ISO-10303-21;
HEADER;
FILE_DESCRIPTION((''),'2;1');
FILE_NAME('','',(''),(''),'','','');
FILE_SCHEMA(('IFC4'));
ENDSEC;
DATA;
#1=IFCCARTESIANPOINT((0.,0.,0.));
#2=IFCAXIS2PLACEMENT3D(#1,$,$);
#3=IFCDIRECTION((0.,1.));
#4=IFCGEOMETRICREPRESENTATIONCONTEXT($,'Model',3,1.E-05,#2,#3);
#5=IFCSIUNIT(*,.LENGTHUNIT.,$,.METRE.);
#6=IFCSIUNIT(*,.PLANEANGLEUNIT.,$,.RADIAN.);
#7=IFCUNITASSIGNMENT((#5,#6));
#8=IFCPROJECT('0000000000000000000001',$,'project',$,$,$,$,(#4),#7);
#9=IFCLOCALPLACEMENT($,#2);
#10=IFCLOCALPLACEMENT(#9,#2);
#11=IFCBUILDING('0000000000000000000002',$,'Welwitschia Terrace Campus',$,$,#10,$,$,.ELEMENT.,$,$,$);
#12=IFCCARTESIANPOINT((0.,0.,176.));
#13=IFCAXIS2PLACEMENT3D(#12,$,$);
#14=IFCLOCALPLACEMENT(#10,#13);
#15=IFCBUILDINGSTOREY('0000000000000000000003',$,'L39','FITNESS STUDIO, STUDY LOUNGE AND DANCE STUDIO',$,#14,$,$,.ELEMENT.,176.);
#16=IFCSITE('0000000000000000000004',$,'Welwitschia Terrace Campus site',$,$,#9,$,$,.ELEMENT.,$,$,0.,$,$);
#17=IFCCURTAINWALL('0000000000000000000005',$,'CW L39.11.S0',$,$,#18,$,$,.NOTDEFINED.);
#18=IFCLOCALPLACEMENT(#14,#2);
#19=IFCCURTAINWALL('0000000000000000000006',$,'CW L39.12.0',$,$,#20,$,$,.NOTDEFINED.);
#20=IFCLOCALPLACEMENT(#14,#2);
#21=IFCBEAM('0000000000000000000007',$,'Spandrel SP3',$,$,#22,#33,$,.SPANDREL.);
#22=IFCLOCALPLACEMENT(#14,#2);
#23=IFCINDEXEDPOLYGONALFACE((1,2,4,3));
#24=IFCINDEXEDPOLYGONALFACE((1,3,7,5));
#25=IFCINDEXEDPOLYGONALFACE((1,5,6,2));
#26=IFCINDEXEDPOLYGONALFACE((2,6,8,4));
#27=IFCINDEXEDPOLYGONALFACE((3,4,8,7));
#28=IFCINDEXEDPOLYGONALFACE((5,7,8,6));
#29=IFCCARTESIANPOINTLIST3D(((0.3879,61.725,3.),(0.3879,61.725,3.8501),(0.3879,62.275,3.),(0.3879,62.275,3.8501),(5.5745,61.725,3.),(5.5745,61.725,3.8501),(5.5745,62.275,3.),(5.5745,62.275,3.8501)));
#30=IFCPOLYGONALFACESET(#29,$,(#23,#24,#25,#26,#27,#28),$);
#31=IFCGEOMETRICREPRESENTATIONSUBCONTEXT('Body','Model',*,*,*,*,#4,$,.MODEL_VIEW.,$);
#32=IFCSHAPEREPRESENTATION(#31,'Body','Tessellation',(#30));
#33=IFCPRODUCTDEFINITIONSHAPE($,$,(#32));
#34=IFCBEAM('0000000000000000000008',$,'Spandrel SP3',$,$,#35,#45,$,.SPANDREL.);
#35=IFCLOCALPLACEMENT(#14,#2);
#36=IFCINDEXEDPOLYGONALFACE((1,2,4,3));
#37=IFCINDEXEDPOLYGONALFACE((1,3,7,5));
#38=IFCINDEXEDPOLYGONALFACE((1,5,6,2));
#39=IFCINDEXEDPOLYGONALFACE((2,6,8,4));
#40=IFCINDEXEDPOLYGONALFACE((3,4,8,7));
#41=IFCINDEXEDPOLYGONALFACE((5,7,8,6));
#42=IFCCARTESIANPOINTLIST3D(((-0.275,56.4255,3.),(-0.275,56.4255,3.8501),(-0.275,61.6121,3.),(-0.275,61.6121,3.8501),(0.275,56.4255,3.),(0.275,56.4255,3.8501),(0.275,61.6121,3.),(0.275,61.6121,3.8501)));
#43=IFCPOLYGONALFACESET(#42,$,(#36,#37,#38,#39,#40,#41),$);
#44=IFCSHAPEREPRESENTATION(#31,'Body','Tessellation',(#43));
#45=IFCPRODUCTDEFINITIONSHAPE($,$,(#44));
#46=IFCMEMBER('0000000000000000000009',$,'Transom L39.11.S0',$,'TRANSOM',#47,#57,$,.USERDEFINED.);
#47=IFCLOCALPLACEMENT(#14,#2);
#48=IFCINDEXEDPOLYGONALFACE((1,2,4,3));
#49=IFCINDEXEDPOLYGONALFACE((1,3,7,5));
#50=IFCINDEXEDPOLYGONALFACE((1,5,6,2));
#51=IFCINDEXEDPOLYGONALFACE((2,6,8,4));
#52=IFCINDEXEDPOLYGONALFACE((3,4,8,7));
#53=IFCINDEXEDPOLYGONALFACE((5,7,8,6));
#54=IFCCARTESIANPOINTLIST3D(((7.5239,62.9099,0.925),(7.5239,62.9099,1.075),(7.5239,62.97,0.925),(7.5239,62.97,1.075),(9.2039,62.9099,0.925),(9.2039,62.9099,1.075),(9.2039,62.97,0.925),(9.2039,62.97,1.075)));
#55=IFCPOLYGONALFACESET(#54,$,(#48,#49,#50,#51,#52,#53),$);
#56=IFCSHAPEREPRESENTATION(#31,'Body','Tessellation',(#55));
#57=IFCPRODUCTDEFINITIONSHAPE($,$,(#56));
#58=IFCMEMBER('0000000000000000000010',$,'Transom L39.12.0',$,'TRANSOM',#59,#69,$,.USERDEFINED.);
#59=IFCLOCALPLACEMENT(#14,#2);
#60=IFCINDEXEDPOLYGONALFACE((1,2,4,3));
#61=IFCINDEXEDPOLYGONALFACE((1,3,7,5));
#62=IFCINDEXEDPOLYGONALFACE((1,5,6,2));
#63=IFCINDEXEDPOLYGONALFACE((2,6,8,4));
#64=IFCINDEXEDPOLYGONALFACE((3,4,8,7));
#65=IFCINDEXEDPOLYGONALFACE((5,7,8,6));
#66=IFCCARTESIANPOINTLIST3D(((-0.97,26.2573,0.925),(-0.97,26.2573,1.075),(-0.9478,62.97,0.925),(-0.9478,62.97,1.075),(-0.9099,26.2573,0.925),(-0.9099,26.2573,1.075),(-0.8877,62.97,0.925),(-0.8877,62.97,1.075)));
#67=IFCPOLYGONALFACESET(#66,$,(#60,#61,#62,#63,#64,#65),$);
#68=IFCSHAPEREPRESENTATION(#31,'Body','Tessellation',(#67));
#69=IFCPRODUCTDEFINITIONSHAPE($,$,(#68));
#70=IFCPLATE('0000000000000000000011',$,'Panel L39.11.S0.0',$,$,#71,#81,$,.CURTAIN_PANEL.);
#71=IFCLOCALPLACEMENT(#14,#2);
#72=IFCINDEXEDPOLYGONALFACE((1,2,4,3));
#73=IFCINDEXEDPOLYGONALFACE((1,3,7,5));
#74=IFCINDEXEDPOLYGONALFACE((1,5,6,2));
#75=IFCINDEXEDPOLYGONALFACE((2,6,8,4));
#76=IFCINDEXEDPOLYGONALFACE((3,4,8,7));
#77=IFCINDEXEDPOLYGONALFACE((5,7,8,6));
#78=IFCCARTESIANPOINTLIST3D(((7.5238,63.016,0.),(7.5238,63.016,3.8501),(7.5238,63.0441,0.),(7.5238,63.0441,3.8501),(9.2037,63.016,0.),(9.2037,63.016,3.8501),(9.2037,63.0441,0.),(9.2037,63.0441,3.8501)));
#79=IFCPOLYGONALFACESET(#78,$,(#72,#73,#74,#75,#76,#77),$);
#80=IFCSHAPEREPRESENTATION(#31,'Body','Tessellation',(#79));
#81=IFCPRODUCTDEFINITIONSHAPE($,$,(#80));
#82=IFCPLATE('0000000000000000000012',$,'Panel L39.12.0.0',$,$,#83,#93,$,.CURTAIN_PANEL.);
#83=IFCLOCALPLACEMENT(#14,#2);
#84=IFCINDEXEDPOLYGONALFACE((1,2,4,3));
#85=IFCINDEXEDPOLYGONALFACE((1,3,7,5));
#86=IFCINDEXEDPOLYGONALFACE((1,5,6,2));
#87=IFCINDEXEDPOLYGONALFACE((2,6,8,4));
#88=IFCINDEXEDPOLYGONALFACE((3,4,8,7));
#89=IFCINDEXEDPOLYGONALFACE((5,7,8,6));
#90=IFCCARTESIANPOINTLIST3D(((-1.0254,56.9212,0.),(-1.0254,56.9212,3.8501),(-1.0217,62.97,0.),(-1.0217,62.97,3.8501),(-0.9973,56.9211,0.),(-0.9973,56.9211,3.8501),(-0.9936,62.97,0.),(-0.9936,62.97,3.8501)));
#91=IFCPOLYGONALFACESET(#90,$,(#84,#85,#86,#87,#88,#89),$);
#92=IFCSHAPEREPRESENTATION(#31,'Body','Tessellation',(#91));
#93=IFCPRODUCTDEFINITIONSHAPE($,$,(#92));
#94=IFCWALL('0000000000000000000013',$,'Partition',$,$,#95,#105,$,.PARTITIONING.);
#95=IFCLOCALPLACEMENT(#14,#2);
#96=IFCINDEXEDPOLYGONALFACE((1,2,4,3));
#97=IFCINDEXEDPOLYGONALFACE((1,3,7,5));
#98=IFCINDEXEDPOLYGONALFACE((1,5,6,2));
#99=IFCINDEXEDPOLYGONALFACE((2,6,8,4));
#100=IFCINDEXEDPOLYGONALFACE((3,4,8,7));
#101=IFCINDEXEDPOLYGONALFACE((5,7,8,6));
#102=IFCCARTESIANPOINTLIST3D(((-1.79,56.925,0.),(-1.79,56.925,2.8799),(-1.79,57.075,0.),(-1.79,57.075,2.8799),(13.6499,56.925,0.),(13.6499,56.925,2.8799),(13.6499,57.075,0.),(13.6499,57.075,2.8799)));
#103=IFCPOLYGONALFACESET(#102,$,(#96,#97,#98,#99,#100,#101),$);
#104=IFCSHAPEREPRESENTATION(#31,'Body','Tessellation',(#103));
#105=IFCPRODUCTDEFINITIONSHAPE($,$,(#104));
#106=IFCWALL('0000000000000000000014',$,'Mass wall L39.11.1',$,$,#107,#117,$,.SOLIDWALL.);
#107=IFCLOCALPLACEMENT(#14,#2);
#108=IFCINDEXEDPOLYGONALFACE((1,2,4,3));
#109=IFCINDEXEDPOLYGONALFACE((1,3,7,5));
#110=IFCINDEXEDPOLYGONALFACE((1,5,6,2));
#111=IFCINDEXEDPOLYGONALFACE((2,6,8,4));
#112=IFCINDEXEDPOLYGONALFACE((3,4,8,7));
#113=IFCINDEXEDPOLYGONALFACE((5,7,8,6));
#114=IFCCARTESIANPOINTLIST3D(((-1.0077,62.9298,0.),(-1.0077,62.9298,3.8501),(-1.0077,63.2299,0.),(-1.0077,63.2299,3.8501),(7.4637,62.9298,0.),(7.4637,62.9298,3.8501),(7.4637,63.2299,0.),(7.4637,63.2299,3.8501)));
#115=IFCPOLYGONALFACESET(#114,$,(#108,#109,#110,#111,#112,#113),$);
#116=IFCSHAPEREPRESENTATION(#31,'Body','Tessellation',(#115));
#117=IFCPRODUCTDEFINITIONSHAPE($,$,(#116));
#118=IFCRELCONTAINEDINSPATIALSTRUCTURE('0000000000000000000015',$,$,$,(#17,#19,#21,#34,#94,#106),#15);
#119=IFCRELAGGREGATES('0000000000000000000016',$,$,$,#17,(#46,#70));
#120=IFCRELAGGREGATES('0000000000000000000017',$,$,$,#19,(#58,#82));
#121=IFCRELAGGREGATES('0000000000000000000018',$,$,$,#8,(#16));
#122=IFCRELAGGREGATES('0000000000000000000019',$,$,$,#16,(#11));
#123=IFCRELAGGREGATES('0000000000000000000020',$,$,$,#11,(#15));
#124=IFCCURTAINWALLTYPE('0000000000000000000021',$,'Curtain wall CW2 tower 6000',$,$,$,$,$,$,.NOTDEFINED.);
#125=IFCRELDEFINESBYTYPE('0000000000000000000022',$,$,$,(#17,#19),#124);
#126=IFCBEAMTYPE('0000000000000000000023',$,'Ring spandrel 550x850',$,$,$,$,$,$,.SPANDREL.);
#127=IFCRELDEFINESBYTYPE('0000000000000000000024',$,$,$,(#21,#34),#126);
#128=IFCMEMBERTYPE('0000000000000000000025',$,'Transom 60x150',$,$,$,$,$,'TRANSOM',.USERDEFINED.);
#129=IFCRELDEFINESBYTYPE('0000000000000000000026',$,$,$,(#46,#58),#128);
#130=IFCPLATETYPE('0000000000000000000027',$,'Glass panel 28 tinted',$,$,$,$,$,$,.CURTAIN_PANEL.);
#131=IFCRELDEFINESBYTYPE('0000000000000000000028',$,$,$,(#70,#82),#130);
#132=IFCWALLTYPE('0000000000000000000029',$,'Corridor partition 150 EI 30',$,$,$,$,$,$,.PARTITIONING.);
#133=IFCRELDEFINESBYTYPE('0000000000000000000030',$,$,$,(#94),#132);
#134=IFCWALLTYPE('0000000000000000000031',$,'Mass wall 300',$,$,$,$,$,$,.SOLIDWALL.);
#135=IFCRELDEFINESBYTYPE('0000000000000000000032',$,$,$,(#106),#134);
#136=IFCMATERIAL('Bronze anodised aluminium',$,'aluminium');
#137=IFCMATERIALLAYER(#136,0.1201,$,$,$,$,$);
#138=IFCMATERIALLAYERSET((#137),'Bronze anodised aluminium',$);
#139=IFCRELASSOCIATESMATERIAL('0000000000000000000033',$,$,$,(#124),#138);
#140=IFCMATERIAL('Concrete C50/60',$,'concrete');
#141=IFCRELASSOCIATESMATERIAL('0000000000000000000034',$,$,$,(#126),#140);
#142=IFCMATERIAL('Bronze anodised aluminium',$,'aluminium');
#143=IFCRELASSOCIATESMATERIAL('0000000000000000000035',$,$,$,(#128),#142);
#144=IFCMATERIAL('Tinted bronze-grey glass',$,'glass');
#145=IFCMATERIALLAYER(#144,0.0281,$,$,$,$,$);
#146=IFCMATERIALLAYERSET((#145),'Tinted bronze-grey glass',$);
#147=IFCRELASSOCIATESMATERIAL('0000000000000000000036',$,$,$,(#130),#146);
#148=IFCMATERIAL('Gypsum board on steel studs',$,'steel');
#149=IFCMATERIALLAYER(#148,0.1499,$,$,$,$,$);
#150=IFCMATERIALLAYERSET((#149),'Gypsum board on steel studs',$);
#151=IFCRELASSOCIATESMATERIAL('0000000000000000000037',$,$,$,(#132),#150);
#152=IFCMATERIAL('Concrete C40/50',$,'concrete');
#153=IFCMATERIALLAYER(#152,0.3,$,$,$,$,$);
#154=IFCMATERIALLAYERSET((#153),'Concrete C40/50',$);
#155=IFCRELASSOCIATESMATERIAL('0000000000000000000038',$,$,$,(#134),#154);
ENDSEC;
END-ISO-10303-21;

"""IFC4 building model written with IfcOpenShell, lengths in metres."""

from ifc_helpers import new_model, si_unit, direction, frame, frame_2d, origin, origin_2d, place, context, subcontext, project, spatial, rectangle, extrude, material, layer, layer_set, material_profile, profile_set, type_object, element, aggregate, save


model = new_model("IFC4")

# Units and contexts
model_context = context("Model", 3, precision=1e-05, world=origin(), true_north=direction((0.0, 1.0)))
body_context = subcontext(model_context, "Body", "Model", "MODEL_VIEW")
ifc_project = project(units=[si_unit("LENGTHUNIT", "METRE"), si_unit("PLANEANGLEUNIT", "RADIAN")], contexts=[model_context])

# Site, building, storey
site_placement = place(None, origin())
site = spatial("IfcSite", under=ifc_project, at=site_placement, Name="Welwitschia Terrace Campus site", CompositionType="ELEMENT", RefElevation=0.0)
building_placement = place(site_placement, origin())
building = spatial("IfcBuilding", under=site, at=building_placement, Name="Welwitschia Terrace Campus", CompositionType="ELEMENT")
storey_placement = place(building_placement, frame((0.0, 0.0, 176.0)))
storey = spatial("IfcBuildingStorey", under=building, at=storey_placement, Name="L39", Description="FITNESS STUDIO, STUDY LOUNGE AND DANCE STUDIO", CompositionType="ELEMENT", Elevation=176.0)

# Curtain walls
ifc_material_1 = material(Name="Bronze anodised aluminium", Category="aluminium")
ifc_layer_1 = layer(ifc_material_1, 0.1201)
ifc_layer_set_1 = layer_set([ifc_layer_1], Name="Bronze anodised aluminium")
curtain_wall_type = type_object("IfcCurtainWallType", Name="Curtain wall CW2 tower 6000", PredefinedType="NOTDEFINED", material=ifc_layer_set_1)
curtain_wall_1_placement = place(storey_placement, origin())
curtain_wall_1 = element("IfcCurtainWall", 1, at=curtain_wall_1_placement, inside=storey, type_object=curtain_wall_type, Name="CW L39.11.S0", PredefinedType="NOTDEFINED")
curtain_wall_2_placement = place(storey_placement, origin())
curtain_wall_2 = element("IfcCurtainWall", 2, at=curtain_wall_2_placement, inside=storey, type_object=curtain_wall_type, Name="CW L39.12.0", PredefinedType="NOTDEFINED")

# Beams
ifc_material_2 = material(Name="Concrete C50/60", Category="concrete")
ifc_material_profile_1 = material_profile(ifc_material_2, rectangle(XDim=0.55, YDim=0.8501, at=origin_2d()))
ifc_profile_set_1 = profile_set([ifc_material_profile_1], Name="Concrete C50/60")
beam_type_1 = type_object("IfcBeamType", Name="Ring spandrel 550x850", PredefinedType="SPANDREL", material=ifc_profile_set_1)
for number, where, z_axis, x_axis, name in (
    (3, (5.5745, 62.0, 3.425), (-1.0, 0.0, 0.0), (0.0, -1.0, 0.0), "Spandrel SP3"),
    (4, (0.0, 61.6121, 3.425), (0.0, -1.0, 0.0), (1.0, 0.0, 0.0), "Spandrel SP3"),
):
    element("IfcBeam", number, at=place(storey_placement, frame(where, z_axis=z_axis, x_axis=x_axis)), inside=storey, type_object=beam_type_1, Name=name, PredefinedType="SPANDREL", context=body_context, shape_type="SweptSolid", body=[
        extrude(rectangle(XDim=0.55, YDim=0.8501, at=origin_2d()), origin(), (0.0, 0.0, 1.0), 5.1865),
    ])

# Members
ifc_material_3 = material(Name="Bronze anodised aluminium", Category="aluminium")
ifc_material_profile_2 = material_profile(ifc_material_3, rectangle(XDim=0.0601, YDim=0.1499, at=origin_2d()))
ifc_profile_set_2 = profile_set([ifc_material_profile_2], Name="Bronze anodised aluminium")
member_type_1 = type_object("IfcMemberType", Name="Transom 60x150", ElementType="TRANSOM", PredefinedType="USERDEFINED", material=ifc_profile_set_2)
member_1_placement = place(storey_placement, frame((9.2039, 62.9399, 1.0), z_axis=(-1.0, 0.0, 0.0), x_axis=(0.0, -1.0, 0.0)))
member_1 = element("IfcMember", 5, at=member_1_placement, type_object=member_type_1, Name="Transom L39.11.S0", ObjectType="TRANSOM", PredefinedType="USERDEFINED", context=body_context, shape_type="SweptSolid", body=[
    extrude(rectangle(XDim=0.0601, YDim=0.1499, at=origin_2d()), origin(), (0.0, 0.0, 1.0), 1.6799),
])
member_2_placement = place(storey_placement, frame((-0.9177, 62.97, 1.0), z_axis=(-0.000605, -1.0, 0.0), x_axis=(1.0, -0.000605, 0.0)))
member_2 = element("IfcMember", 6, at=member_2_placement, type_object=member_type_1, Name="Transom L39.12.0", ObjectType="TRANSOM", PredefinedType="USERDEFINED", context=body_context, shape_type="SweptSolid", body=[
    extrude(rectangle(XDim=0.0601, YDim=0.1499, at=origin_2d()), origin(), (0.0, 0.0, 1.0), 36.7126),
])

# Plates
ifc_material_4 = material(Name="Tinted bronze-grey glass", Category="glass")
ifc_layer_2 = layer(ifc_material_4, 0.0281)
ifc_layer_set_2 = layer_set([ifc_layer_2], Name="Tinted bronze-grey glass")
plate_type = type_object("IfcPlateType", Name="Glass panel 28 tinted", PredefinedType="CURTAIN_PANEL", material=ifc_layer_set_2)
plate_1_placement = place(storey_placement, frame((8.3638, 63.03, 0.0), z_axis=(0.0, 0.0, 1.0), x_axis=(-1.0, 0.0, 0.0)))
plate_1 = element("IfcPlate", 7, at=plate_1_placement, type_object=plate_type, Name="Panel L39.11.S0.0", PredefinedType="CURTAIN_PANEL", context=body_context, shape_type="SweptSolid", body=[
    extrude(rectangle(XDim=1.6799, YDim=0.0281, at=origin_2d()), origin(), (0.0, 0.0, 1.0), 3.8501),
])
aggregate(curtain_wall_1, [member_1, plate_1])
plate_2_placement = place(storey_placement, frame((-1.0095, 59.9456, 0.0), z_axis=(0.0, 0.0, 1.0), x_axis=(-0.000608, -1.0, 0.0)))
plate_2 = element("IfcPlate", 8, at=plate_2_placement, type_object=plate_type, Name="Panel L39.12.0.0", PredefinedType="CURTAIN_PANEL", context=body_context, shape_type="SweptSolid", body=[
    extrude(rectangle(XDim=6.0488, YDim=0.0281, at=origin_2d()), origin(), (0.0, 0.0, 1.0), 3.8501),
])
aggregate(curtain_wall_2, [member_2, plate_2])

# Walls
ifc_material_5 = material(Name="Gypsum board on steel studs", Category="steel")
ifc_layer_3 = layer(ifc_material_5, 0.1499)
ifc_layer_set_3 = layer_set([ifc_layer_3], Name="Gypsum board on steel studs")
wall_type_1 = type_object("IfcWallType", Name="Corridor partition 150 EI 30", PredefinedType="PARTITIONING", material=ifc_layer_set_3)
wall_1_placement = place(storey_placement, frame((-1.79, 57.0, 0.0), z_axis=(0.0, 0.0, 1.0), x_axis=(1.0, 0.0, 0.0)))
element("IfcWall", 9, at=wall_1_placement, inside=storey, type_object=wall_type_1, Name="Partition", PredefinedType="PARTITIONING", context=body_context, shape_type="SweptSolid", body=[
    extrude(rectangle(XDim=15.4399, YDim=0.1499, at=frame_2d((7.72, 0.0))), origin(), (0.0, 0.0, 1.0), 2.8799),
])
ifc_material_6 = material(Name="Concrete C40/50", Category="concrete")
ifc_layer_4 = layer(ifc_material_6, 0.3)
ifc_layer_set_4 = layer_set([ifc_layer_4], Name="Concrete C40/50")
wall_type_2 = type_object("IfcWallType", Name="Mass wall 300", PredefinedType="SOLIDWALL", material=ifc_layer_set_4)
wall_2_placement = place(storey_placement, frame((7.4639, 63.0798, 0.0), z_axis=(0.0, 0.0, 1.0), x_axis=(-1.0, 0.0, 0.0)))
element("IfcWall", 10, at=wall_2_placement, inside=storey, type_object=wall_type_2, Name="Mass wall L39.11.1", PredefinedType="SOLIDWALL", context=body_context, shape_type="SweptSolid", body=[
    extrude(rectangle(XDim=8.4714, YDim=0.3, at=frame_2d((4.2358, 0.0))), origin(), (0.0, 0.0, 1.0), 3.8501),
])

save(model, "model.ifc")
